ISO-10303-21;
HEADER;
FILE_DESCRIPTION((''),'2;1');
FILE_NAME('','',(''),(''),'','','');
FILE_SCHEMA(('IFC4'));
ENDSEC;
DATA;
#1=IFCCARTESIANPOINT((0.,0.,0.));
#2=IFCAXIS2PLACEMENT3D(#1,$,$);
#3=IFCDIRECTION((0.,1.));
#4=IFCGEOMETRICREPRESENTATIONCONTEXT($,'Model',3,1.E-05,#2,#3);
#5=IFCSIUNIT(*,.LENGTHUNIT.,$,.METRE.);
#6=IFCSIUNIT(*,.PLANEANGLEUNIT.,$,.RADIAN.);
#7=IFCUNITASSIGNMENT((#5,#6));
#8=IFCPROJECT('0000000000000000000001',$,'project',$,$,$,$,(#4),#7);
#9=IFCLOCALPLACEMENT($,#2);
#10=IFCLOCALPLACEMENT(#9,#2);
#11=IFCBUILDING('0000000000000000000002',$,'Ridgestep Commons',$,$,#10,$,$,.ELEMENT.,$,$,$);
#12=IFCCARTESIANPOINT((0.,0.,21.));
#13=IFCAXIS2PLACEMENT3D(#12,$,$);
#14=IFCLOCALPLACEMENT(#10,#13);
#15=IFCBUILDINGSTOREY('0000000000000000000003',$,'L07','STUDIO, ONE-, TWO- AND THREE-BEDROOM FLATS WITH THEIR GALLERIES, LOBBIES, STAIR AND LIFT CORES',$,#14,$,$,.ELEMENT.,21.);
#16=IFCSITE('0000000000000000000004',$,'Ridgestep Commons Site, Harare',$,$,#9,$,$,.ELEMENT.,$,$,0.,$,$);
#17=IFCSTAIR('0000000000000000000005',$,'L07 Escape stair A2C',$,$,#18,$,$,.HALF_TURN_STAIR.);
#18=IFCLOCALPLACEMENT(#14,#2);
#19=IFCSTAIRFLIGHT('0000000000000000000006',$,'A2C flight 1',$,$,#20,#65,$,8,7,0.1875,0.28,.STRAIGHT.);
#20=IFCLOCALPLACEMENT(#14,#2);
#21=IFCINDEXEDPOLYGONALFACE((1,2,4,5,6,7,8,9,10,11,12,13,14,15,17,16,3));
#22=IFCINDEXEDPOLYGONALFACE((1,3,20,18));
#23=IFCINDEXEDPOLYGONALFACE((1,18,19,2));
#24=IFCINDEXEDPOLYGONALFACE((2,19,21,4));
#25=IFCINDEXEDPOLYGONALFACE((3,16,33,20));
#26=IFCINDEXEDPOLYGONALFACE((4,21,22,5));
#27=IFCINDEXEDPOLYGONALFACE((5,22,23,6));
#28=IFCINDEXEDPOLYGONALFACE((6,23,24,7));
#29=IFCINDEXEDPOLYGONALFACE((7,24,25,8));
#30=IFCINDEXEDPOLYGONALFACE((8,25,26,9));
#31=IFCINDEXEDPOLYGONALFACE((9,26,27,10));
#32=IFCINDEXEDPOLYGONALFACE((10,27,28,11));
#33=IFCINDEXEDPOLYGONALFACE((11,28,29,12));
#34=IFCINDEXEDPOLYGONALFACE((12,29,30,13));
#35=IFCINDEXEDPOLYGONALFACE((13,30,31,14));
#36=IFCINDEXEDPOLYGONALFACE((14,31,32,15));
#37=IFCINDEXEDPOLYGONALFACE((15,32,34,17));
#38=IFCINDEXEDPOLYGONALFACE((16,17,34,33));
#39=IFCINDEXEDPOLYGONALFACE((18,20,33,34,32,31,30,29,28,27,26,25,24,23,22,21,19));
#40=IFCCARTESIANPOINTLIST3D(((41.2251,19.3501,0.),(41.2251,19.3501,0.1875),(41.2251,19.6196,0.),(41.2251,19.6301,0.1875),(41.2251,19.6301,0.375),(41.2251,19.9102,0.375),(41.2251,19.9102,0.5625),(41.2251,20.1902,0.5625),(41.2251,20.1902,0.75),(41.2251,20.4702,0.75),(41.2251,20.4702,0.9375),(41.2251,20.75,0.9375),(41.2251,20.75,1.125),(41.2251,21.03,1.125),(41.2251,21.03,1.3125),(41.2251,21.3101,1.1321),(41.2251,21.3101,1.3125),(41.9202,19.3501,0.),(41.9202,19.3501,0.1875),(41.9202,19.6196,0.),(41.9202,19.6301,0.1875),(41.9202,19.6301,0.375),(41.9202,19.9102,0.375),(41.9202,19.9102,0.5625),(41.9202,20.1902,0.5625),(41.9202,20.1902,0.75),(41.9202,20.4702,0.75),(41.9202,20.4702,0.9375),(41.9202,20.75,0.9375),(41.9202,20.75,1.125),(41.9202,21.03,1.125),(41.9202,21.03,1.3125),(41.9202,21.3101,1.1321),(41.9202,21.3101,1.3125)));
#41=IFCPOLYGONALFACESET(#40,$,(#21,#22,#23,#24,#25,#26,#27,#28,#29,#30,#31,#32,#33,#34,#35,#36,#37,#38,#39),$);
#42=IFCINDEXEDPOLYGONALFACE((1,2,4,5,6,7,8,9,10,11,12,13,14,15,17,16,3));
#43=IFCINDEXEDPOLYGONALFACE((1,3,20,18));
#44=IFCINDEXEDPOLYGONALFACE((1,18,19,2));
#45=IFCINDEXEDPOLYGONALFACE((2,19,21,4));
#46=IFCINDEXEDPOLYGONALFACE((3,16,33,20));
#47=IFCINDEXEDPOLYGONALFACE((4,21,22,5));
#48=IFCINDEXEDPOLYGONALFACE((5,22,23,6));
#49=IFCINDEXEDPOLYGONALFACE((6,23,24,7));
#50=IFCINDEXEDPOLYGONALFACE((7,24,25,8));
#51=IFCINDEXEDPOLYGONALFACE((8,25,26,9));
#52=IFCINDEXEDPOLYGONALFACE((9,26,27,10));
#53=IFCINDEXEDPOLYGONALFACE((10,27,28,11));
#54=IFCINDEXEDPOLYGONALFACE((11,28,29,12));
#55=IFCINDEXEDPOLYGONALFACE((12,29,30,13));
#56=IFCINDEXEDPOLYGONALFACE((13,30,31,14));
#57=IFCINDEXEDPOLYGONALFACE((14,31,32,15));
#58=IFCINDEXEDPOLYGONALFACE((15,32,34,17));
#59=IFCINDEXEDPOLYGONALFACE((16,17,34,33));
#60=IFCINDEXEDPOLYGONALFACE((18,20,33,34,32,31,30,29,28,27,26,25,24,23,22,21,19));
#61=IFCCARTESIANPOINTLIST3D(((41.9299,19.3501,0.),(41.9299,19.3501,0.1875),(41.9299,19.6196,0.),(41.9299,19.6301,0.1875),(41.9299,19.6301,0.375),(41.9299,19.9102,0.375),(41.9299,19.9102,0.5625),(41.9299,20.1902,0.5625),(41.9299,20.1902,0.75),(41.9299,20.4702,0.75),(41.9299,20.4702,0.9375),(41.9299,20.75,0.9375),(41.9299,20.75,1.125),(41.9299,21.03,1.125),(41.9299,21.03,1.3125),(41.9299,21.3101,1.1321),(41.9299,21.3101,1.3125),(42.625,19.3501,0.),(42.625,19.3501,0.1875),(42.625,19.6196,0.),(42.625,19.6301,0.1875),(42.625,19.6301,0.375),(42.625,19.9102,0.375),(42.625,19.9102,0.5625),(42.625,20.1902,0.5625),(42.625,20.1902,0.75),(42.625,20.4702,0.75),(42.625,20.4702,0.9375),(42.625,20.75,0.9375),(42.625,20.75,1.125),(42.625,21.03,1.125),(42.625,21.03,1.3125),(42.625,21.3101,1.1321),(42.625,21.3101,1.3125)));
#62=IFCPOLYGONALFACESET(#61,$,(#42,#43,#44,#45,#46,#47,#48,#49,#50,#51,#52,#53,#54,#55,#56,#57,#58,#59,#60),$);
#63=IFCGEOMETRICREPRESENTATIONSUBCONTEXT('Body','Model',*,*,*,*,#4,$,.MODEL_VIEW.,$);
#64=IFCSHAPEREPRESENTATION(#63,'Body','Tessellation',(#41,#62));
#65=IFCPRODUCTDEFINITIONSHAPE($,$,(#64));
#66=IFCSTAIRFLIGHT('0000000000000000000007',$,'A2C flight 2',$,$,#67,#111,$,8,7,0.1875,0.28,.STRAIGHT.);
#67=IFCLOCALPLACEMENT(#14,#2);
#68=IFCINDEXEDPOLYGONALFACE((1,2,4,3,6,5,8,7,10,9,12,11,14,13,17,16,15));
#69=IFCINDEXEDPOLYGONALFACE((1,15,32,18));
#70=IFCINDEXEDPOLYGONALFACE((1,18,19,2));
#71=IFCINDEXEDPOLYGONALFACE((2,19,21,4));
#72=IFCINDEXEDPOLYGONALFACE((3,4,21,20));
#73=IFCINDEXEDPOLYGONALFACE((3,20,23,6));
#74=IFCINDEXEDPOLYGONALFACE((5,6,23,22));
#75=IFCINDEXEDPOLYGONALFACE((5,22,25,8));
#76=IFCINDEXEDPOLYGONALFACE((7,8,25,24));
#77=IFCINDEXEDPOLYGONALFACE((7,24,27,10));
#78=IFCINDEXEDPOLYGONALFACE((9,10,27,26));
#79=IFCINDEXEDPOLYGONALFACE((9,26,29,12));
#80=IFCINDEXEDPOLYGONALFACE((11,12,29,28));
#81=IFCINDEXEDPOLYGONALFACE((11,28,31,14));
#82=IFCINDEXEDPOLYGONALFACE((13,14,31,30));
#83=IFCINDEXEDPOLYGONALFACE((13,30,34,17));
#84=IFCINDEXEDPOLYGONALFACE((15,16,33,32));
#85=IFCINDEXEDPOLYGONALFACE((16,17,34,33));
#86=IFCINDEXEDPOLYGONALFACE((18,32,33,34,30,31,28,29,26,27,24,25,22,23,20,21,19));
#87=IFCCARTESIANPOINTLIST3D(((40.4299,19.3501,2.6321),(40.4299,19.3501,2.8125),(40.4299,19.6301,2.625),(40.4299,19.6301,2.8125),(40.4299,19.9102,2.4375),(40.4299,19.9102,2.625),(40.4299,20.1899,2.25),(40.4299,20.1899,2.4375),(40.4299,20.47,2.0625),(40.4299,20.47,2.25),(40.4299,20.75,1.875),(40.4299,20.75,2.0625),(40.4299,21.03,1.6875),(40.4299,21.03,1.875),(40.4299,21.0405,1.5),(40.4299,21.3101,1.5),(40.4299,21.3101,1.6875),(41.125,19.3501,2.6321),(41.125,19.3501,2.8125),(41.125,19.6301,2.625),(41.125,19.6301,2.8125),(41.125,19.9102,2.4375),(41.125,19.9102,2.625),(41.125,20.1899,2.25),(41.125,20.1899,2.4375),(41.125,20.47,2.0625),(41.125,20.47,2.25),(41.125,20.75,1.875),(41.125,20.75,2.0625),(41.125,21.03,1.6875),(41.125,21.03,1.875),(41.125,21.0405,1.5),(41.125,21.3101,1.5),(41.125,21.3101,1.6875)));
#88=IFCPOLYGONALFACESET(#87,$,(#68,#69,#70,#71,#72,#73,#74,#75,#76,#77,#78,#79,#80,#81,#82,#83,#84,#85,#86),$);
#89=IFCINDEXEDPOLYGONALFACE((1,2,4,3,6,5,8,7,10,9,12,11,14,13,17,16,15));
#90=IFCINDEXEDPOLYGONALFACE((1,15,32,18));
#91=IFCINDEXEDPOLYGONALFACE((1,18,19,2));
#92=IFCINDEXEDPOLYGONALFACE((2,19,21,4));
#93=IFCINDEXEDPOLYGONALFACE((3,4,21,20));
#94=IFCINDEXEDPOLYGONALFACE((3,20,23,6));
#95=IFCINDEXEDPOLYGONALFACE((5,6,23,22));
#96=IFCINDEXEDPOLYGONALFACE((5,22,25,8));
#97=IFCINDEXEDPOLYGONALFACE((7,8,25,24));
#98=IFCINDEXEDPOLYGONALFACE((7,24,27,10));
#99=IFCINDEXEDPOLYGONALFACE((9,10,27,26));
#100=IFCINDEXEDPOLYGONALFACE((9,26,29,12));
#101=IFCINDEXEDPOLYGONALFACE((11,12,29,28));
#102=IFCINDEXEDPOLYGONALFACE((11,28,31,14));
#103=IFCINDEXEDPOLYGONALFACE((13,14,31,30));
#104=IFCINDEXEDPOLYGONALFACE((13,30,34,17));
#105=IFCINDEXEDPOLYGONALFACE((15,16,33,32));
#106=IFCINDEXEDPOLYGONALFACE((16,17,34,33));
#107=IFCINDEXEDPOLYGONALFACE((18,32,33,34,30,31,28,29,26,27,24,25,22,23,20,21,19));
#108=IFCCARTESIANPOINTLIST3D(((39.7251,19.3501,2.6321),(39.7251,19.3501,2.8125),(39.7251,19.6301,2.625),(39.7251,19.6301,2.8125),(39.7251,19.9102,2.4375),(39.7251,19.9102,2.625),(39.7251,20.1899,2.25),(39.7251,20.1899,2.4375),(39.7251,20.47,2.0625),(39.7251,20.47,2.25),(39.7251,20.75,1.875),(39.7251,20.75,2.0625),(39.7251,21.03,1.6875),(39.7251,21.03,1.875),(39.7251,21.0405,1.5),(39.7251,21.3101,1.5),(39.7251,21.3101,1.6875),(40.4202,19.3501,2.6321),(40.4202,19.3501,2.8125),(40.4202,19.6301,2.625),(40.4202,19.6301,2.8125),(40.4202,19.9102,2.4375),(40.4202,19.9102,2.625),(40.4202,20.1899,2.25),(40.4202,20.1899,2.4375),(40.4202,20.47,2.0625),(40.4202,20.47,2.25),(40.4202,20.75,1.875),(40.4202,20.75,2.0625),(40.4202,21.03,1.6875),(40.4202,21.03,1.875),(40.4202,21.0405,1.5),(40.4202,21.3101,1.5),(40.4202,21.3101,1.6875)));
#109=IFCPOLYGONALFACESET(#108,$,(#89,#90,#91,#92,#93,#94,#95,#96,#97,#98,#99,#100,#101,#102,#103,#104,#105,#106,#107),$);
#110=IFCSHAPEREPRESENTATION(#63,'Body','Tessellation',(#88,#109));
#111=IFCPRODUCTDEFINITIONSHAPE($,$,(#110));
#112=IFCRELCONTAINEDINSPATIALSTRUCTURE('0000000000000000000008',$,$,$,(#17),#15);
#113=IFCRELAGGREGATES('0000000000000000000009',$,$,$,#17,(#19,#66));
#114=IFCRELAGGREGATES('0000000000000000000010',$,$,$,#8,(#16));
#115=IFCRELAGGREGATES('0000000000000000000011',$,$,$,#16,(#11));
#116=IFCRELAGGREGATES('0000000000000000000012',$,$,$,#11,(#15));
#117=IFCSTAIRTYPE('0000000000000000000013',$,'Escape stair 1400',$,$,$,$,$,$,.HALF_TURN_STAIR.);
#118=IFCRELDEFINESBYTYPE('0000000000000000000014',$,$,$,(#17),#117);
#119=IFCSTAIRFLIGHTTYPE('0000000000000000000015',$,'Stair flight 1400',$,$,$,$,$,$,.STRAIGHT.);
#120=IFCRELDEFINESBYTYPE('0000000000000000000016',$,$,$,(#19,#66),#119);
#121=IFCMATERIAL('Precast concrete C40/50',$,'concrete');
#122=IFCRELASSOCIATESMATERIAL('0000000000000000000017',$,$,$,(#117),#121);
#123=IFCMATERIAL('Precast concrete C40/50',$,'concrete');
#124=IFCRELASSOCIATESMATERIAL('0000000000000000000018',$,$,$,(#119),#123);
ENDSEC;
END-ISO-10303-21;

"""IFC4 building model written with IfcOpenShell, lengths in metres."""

from ifc_helpers import new_model, si_unit, direction, frame, origin, place, context, subcontext, project, spatial, polyline, outline, extrude, material, type_object, element, aggregate, save


model = new_model("IFC4")

# Units and contexts
model_context = context("Model", 3, precision=1e-05, world=origin(), true_north=direction((0.0, 1.0)))
body_context = subcontext(model_context, "Body", "Model", "MODEL_VIEW")
ifc_project = project(units=[si_unit("LENGTHUNIT", "METRE"), si_unit("PLANEANGLEUNIT", "RADIAN")], contexts=[model_context])

# Site, building, storey
site_placement = place(None, origin())
site = spatial("IfcSite", under=ifc_project, at=site_placement, Name="Ridgestep Commons Site, Harare", CompositionType="ELEMENT", RefElevation=0.0)
building_placement = place(site_placement, origin())
building = spatial("IfcBuilding", under=site, at=building_placement, Name="Ridgestep Commons", CompositionType="ELEMENT")
storey_placement = place(building_placement, frame((0.0, 0.0, 21.0)))
storey = spatial("IfcBuildingStorey", under=building, at=storey_placement, Name="L07", Description="STUDIO, ONE-, TWO- AND THREE-BEDROOM FLATS WITH THEIR GALLERIES, LOBBIES, STAIR AND LIFT CORES", CompositionType="ELEMENT", Elevation=21.0)

# Stair, stair flights
ifc_material_1 = material(Name="Precast concrete C40/50", Category="concrete")
stair_type = type_object("IfcStairType", Name="Escape stair 1400", PredefinedType="HALF_TURN_STAIR", material=ifc_material_1)
stair_placement = place(storey_placement, origin())
stair = element("IfcStair", 1, at=stair_placement, inside=storey, type_object=stair_type, Name="L07 Escape stair A2C", PredefinedType="HALF_TURN_STAIR")
ifc_material_2 = material(Name="Precast concrete C40/50", Category="concrete")
stair_flight_type = type_object("IfcStairFlightType", Name="Stair flight 1400", PredefinedType="STRAIGHT", material=ifc_material_2)
stair_flight_1_placement = place(storey_placement, frame((41.925, 19.3501, 0.0), z_axis=(0.0, 0.0, 1.0), x_axis=(0.0, 1.0, 0.0)))
stair_flight_1 = element("IfcStairFlight", 2, at=stair_flight_1_placement, type_object=stair_flight_type, Name="A2C flight 1", NumberOfRisers=8, NumberOfTreads=7, PredefinedType="STRAIGHT", RiserHeight=0.1875, TreadLength=0.28, context=body_context, shape_type="SweptSolid", body=[
    extrude(outline(polyline([(0.0, 0.0), (0.0, 0.1875), (0.28, 0.1875), (0.28, 0.375), (0.5601, 0.375), (0.5601, 0.5625), (0.8401, 0.5625), (0.8401, 0.75), (1.1201, 0.75), (1.1201, 0.9375), (1.3999, 0.9375), (1.3999, 1.125), (1.6799, 1.125), (1.6799, 1.3125), (1.96, 1.3125), (1.96, 1.5), (1.96, 1.1321), (0.2695, 0.0), (0.0, 0.0)])), frame((0.0, 0.7, 0.0), z_axis=(0.0, -1.0, 0.0), x_axis=(1.0, 0.0, 0.0)), (0.0, 0.0, 1.0), 0.6951),
    extrude(outline(polyline([(0.0, 0.0), (0.0, 0.1875), (0.28, 0.1875), (0.28, 0.375), (0.5601, 0.375), (0.5601, 0.5625), (0.8401, 0.5625), (0.8401, 0.75), (1.1201, 0.75), (1.1201, 0.9375), (1.3999, 0.9375), (1.3999, 1.125), (1.6799, 1.125), (1.6799, 1.3125), (1.96, 1.3125), (1.96, 1.5), (1.96, 1.1321), (0.2695, 0.0), (0.0, 0.0)])), frame((0.0, -0.0049, 0.0), z_axis=(0.0, -1.0, 0.0), x_axis=(1.0, 0.0, 0.0)), (0.0, 0.0, 1.0), 0.6951),
])
stair_flight_2_placement = place(storey_placement, frame((40.425, 21.3101, 1.5), z_axis=(0.0, 0.0, 1.0), x_axis=(0.0, -1.0, 0.0)))
stair_flight_2 = element("IfcStairFlight", 3, at=stair_flight_2_placement, type_object=stair_flight_type, Name="A2C flight 2", NumberOfRisers=8, NumberOfTreads=7, PredefinedType="STRAIGHT", RiserHeight=0.1875, TreadLength=0.28, context=body_context, shape_type="SweptSolid", body=[
    extrude(outline(polyline([(0.0, 0.0), (0.0, 0.1875), (0.28, 0.1875), (0.28, 0.375), (0.5601, 0.375), (0.5601, 0.5625), (0.8401, 0.5625), (0.8401, 0.75), (1.1201, 0.75), (1.1201, 0.9375), (1.3999, 0.9375), (1.3999, 1.125), (1.6799, 1.125), (1.6799, 1.3125), (1.96, 1.3125), (1.96, 1.5), (1.96, 1.1321), (0.2695, 0.0), (0.0, 0.0)])), frame((0.0, 0.7, 0.0), z_axis=(0.0, -1.0, 0.0), x_axis=(1.0, 0.0, 0.0)), (0.0, 0.0, 1.0), 0.6951),
    extrude(outline(polyline([(0.0, 0.0), (0.0, 0.1875), (0.28, 0.1875), (0.28, 0.375), (0.5601, 0.375), (0.5601, 0.5625), (0.8401, 0.5625), (0.8401, 0.75), (1.1201, 0.75), (1.1201, 0.9375), (1.3999, 0.9375), (1.3999, 1.125), (1.6799, 1.125), (1.6799, 1.3125), (1.96, 1.3125), (1.96, 1.5), (1.96, 1.1321), (0.2695, 0.0), (0.0, 0.0)])), frame((0.0, -0.0049, 0.0), z_axis=(0.0, -1.0, 0.0), x_axis=(1.0, 0.0, 0.0)), (0.0, 0.0, 1.0), 0.6951),
])
aggregate(stair, [stair_flight_1, stair_flight_2])

save(model, "model.ifc")
